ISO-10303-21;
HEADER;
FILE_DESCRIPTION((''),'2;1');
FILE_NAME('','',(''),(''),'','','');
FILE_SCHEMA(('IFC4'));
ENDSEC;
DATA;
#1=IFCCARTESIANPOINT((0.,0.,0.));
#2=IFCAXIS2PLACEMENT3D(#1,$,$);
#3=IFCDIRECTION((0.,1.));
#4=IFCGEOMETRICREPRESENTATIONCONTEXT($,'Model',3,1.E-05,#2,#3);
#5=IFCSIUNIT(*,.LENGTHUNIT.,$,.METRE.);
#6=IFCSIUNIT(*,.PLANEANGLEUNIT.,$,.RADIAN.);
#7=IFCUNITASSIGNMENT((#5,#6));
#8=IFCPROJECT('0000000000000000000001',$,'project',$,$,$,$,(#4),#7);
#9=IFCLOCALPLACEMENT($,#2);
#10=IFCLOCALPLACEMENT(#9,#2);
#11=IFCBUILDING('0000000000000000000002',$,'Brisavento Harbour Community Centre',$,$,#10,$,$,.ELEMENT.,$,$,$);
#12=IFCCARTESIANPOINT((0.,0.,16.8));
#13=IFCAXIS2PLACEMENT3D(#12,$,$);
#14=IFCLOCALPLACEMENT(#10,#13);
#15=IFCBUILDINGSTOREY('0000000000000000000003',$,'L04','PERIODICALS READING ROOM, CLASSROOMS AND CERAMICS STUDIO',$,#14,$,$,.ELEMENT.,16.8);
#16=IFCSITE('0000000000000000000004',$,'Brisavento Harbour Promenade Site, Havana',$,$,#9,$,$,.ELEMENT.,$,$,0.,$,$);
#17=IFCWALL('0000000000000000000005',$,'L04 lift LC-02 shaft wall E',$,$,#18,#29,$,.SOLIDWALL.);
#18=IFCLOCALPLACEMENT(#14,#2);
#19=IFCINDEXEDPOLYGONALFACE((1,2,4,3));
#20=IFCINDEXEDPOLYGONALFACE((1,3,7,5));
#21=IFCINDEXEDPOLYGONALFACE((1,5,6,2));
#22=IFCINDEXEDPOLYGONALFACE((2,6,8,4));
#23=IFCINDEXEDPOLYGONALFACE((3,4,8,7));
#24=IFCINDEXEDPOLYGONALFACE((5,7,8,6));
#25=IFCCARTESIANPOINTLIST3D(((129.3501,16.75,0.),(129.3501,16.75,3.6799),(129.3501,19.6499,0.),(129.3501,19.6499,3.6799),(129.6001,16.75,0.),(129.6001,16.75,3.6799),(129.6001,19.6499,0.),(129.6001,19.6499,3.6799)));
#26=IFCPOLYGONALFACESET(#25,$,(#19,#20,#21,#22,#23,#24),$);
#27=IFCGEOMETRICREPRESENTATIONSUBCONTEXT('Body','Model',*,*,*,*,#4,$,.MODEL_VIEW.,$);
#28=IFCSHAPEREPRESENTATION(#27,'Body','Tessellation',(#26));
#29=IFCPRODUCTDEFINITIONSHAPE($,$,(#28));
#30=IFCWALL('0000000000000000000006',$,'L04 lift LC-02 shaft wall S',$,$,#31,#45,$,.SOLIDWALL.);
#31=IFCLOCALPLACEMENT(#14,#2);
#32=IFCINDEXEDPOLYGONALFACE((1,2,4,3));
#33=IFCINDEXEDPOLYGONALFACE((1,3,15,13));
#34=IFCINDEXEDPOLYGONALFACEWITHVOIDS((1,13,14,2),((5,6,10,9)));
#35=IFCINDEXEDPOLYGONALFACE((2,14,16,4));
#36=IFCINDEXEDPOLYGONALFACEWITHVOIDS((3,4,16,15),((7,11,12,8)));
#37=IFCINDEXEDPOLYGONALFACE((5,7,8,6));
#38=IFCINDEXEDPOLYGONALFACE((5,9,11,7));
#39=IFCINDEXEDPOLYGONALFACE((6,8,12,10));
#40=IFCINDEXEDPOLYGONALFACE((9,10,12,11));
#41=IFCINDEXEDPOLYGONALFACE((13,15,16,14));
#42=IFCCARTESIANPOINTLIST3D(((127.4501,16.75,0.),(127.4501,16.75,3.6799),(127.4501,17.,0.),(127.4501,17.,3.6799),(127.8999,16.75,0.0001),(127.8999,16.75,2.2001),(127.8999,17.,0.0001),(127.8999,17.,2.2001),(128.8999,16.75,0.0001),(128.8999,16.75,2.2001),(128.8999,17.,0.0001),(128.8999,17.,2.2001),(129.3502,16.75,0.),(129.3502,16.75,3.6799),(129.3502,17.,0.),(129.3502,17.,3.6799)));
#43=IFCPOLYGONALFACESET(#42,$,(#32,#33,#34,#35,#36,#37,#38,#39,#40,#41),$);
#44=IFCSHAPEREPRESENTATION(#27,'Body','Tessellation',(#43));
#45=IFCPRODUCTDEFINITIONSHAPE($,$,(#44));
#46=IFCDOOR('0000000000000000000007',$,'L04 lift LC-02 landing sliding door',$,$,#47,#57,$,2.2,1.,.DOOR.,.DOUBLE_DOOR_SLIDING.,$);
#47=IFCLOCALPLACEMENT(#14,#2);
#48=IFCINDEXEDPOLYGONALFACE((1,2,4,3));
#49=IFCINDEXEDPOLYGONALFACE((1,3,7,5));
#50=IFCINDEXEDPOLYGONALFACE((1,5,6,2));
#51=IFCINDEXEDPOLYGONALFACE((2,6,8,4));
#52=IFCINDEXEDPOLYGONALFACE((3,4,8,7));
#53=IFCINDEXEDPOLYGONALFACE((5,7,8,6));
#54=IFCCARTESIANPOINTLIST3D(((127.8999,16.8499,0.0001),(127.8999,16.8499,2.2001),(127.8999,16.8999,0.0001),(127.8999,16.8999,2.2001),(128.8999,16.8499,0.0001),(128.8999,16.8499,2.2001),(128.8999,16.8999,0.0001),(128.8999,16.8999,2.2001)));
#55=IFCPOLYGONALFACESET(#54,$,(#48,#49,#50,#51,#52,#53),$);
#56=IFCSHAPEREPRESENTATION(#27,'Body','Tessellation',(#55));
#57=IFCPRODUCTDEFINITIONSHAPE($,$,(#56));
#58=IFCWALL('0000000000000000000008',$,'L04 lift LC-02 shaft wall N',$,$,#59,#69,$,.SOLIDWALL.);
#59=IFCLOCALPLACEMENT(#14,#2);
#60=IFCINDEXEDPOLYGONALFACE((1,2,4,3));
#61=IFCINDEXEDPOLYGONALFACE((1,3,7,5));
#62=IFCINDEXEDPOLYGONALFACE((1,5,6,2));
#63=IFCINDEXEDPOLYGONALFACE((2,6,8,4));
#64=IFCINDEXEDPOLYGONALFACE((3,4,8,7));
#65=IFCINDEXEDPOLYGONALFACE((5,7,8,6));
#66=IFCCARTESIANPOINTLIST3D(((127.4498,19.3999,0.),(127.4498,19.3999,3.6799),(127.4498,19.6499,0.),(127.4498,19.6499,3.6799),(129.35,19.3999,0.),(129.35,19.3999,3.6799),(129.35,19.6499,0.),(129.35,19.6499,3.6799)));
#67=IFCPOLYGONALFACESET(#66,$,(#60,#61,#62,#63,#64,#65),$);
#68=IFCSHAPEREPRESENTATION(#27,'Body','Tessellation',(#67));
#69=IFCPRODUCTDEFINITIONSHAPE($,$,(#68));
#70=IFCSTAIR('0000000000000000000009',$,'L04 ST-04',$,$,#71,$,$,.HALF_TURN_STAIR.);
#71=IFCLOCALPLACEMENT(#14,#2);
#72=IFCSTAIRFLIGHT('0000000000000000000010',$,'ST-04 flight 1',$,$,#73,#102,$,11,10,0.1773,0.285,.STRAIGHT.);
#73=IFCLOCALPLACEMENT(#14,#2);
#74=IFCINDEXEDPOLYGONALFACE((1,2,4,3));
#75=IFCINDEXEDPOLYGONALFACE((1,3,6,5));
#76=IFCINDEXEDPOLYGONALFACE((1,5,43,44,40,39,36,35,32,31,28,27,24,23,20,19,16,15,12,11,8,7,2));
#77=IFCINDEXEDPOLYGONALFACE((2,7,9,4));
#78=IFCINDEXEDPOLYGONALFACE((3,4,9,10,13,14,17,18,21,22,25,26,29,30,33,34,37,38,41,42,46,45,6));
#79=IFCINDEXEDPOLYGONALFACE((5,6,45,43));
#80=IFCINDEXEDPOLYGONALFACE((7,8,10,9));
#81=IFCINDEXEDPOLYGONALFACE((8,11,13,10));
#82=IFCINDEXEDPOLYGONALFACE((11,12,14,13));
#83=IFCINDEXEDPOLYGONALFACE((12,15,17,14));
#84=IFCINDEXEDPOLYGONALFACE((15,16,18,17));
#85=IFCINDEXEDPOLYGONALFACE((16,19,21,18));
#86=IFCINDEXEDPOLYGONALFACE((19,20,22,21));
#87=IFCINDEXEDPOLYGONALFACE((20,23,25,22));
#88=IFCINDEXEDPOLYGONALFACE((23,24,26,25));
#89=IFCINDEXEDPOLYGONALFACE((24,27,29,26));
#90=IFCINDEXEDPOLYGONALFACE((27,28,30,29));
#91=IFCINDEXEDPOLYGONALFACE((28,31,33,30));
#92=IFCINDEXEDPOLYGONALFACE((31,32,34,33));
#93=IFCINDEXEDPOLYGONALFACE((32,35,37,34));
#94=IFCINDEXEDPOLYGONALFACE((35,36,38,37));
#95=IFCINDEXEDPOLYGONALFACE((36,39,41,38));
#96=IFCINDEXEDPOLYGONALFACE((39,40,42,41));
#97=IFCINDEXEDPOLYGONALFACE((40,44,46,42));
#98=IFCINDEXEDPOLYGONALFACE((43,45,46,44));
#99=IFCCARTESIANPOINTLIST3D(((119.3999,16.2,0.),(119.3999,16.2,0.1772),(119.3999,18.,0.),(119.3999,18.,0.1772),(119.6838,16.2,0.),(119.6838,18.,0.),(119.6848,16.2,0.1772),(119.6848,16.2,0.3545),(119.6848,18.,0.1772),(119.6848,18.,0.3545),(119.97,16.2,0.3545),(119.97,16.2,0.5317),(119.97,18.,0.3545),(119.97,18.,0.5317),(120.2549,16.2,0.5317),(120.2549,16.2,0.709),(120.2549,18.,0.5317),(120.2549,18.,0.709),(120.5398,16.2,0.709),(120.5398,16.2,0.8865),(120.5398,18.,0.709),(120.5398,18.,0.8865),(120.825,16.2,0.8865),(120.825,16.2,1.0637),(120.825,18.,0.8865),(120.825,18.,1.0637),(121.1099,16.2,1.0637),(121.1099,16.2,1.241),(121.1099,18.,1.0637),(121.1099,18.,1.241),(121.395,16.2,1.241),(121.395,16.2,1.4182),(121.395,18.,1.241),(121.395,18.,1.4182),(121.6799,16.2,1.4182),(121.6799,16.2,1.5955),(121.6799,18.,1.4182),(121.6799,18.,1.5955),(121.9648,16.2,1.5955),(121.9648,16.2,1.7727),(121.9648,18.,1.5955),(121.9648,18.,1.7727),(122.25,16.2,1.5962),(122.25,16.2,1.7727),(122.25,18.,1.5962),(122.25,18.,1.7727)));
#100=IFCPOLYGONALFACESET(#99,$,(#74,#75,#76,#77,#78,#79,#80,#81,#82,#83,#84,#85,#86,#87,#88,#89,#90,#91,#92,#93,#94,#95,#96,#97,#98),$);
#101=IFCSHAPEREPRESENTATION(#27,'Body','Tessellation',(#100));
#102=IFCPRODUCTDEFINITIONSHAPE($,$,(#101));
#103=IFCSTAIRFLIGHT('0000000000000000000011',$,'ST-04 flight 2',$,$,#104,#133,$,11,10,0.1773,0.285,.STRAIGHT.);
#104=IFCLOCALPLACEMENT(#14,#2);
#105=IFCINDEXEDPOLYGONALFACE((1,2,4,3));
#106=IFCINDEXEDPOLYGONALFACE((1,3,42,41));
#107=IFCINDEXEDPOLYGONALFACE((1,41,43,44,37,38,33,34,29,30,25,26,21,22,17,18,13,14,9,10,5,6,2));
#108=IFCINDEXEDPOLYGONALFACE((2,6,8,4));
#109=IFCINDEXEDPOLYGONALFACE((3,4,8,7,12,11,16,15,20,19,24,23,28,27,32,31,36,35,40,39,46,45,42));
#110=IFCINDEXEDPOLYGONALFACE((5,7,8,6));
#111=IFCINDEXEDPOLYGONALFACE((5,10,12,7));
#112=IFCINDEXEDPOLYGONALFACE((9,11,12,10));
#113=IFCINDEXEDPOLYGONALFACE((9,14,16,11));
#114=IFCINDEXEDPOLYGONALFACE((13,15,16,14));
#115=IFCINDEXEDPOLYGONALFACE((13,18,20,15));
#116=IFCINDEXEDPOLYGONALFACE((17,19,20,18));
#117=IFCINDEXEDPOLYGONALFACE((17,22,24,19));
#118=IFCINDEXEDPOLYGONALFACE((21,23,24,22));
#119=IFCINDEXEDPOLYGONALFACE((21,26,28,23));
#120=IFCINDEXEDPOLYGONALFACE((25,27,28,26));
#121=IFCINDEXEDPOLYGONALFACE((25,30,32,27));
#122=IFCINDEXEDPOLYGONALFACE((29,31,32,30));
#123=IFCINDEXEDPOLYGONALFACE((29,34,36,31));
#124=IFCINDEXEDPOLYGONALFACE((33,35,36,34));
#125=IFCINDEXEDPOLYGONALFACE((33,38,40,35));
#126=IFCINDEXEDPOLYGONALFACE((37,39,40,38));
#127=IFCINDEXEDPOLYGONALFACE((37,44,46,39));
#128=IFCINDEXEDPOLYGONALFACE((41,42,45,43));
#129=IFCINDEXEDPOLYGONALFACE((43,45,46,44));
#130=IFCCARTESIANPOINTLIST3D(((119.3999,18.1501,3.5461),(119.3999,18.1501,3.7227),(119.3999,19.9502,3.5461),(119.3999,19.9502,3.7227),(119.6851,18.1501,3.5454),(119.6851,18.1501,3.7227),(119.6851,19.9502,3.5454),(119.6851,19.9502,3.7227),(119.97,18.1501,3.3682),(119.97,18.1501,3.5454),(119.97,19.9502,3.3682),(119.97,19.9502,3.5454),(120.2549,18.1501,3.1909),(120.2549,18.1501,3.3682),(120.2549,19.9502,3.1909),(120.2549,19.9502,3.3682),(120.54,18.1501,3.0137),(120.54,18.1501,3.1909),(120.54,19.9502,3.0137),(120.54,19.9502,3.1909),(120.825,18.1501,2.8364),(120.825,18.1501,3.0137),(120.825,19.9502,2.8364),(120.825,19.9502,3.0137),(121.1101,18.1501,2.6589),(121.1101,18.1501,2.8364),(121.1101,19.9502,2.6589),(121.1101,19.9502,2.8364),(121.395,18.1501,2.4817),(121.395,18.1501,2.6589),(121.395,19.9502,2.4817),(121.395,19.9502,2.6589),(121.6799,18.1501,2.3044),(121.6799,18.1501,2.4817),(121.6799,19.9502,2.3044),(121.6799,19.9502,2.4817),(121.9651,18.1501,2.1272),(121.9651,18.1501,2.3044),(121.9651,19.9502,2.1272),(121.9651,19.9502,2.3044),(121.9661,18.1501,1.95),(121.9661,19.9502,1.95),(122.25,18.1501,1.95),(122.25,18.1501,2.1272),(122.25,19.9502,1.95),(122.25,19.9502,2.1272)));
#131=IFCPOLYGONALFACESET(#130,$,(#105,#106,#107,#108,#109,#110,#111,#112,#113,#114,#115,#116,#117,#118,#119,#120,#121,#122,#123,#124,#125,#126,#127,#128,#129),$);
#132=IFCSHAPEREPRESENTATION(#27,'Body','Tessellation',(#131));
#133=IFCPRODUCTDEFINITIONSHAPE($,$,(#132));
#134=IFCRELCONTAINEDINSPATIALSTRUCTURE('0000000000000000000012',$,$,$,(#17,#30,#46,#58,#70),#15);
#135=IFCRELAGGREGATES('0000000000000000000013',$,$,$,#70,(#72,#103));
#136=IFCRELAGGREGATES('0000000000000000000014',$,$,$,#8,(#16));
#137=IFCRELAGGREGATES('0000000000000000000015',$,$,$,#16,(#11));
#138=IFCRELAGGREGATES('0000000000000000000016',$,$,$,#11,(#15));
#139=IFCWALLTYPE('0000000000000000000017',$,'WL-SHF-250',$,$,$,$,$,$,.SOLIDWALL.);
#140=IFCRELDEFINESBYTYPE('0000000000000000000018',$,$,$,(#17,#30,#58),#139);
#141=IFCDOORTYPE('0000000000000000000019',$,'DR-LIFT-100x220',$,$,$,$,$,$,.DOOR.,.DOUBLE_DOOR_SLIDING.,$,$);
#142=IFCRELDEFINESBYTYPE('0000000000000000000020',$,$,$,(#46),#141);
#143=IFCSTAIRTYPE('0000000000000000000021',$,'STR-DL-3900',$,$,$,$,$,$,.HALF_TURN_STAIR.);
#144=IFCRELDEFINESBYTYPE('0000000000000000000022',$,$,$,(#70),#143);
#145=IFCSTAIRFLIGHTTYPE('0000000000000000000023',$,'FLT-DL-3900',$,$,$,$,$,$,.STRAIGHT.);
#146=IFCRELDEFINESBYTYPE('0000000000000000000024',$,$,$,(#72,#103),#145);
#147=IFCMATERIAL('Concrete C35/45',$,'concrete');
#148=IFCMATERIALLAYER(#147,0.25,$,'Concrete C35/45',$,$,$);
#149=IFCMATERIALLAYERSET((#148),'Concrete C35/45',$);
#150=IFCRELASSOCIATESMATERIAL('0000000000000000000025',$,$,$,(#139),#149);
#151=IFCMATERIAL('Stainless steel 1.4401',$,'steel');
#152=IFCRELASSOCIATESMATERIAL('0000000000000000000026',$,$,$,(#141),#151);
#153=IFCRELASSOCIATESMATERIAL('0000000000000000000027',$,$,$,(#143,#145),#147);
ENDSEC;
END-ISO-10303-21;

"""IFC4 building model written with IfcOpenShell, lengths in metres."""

from ifc_helpers import new_model, si_unit, direction, frame, frame_2d, origin, place, context, subcontext, project, spatial, polyline, rectangle, outline, extrude, material, layer, layer_set, type_object, element, fill, aggregate, save


model = new_model("IFC4")

# Units and contexts
model_context = context("Model", 3, precision=1e-05, world=origin(), true_north=direction((0.0, 1.0)))
body_context = subcontext(model_context, "Body", "Model", "MODEL_VIEW")
ifc_project = project(units=[si_unit("LENGTHUNIT", "METRE"), si_unit("PLANEANGLEUNIT", "RADIAN")], contexts=[model_context])

# Site, building, storey
site_placement = place(None, origin())
site = spatial("IfcSite", under=ifc_project, at=site_placement, Name="Brisavento Harbour Promenade Site, Havana", CompositionType="ELEMENT", RefElevation=0.0)
building_placement = place(site_placement, origin())
building = spatial("IfcBuilding", under=site, at=building_placement, Name="Brisavento Harbour Community Centre", CompositionType="ELEMENT")
storey_placement = place(building_placement, frame((0.0, 0.0, 16.8)))
storey = spatial("IfcBuildingStorey", under=building, at=storey_placement, Name="L04", Description="PERIODICALS READING ROOM, CLASSROOMS AND CERAMICS STUDIO", CompositionType="ELEMENT", Elevation=16.8)

# Shared definitions
ifc_material_1 = material(Name="Concrete C35/45", Category="concrete")

# Wall
ifc_layer_1 = layer(ifc_material_1, 0.25, Name="Concrete C35/45")
ifc_layer_set_1 = layer_set([ifc_layer_1], Name="Concrete C35/45")
wall_type_1 = type_object("IfcWallType", Name="WL-SHF-250", PredefinedType="SOLIDWALL", material=ifc_layer_set_1)
for number, where, z_axis, x_axis, name in (
    (1, (129.4751, 19.6499, 0.0), (0.0, 0.0, 1.0), (0.0, -1.0, 0.0), "L04 lift LC-02 shaft wall E"),
):
    element("IfcWall", number, at=place(storey_placement, frame(where, z_axis=z_axis, x_axis=x_axis)), inside=storey, type_object=wall_type_1, Name=name, PredefinedType="SOLIDWALL", context=body_context, shape_type="SweptSolid", body=[
        extrude(rectangle(XDim=2.8999, YDim=0.25, at=frame_2d((1.45, 0.0))), origin(), (0.0, 0.0, 1.0), 3.6799),
    ])

# Wall, opening, door
wall_1_placement = place(storey_placement, frame((127.45, 16.875, 0.0), z_axis=(0.0, 0.0, 1.0), x_axis=(1.0, 0.0, 0.0)))
wall_1 = element("IfcWall", 2, at=wall_1_placement, inside=storey, type_object=wall_type_1, Name="L04 lift LC-02 shaft wall S", PredefinedType="SOLIDWALL", context=body_context, shape_type="SweptSolid", body=[
    extrude(rectangle(XDim=1.9001, YDim=0.25, at=frame_2d((0.9502, 0.0))), origin(), (0.0, 0.0, 1.0), 3.6799),
])
opening_1_placement = place(wall_1_placement, frame((0.45, 0.0, 0.0)))
opening_1 = element("IfcOpeningElement", 3, at=opening_1_placement, cuts=wall_1, PredefinedType="OPENING", context=body_context, shape_type="SweptSolid", body=[
    extrude(rectangle(XDim=1.0, YDim=2.2, at=frame_2d((0.5, 1.1001))), frame((0.0, 0.135, 0.0), z_axis=(0.0, -1.0, 0.0), x_axis=(1.0, 0.0, 0.0)), (0.0, 0.0, 1.0), 0.27),
])
ifc_material_2 = material(Name="Stainless steel 1.4401", Category="steel")
door_type_1 = type_object("IfcDoorType", Name="DR-LIFT-100x220", OperationType="DOUBLE_DOOR_SLIDING", PredefinedType="DOOR", material=ifc_material_2)
door_1_placement = place(opening_1_placement, origin())
door_1 = element("IfcDoor", 4, at=door_1_placement, inside=storey, type_object=door_type_1, Name="L04 lift LC-02 landing sliding door", OperationType="DOUBLE_DOOR_SLIDING", OverallHeight=2.2, OverallWidth=1.0, PredefinedType="DOOR", context=body_context, shape_type="SweptSolid", body=[
    extrude(rectangle(XDim=1.0, YDim=2.2, at=frame_2d((0.5, 1.1001))), frame((0.0, 0.0249, 0.0), z_axis=(0.0, -1.0, 0.0), x_axis=(1.0, 0.0, 0.0)), (0.0, 0.0, 1.0), 0.05),
])
fill(opening_1, door_1)

# Wall
wall_2_placement = place(storey_placement, frame((129.3501, 19.5249, 0.0), z_axis=(0.0, 0.0, 1.0), x_axis=(-1.0, 0.0, 0.0)))
element("IfcWall", 5, at=wall_2_placement, inside=storey, type_object=wall_type_1, Name="L04 lift LC-02 shaft wall N", PredefinedType="SOLIDWALL", context=body_context, shape_type="SweptSolid", body=[
    extrude(rectangle(XDim=1.9001, YDim=0.25, at=frame_2d((0.9502, 0.0))), origin(), (0.0, 0.0, 1.0), 3.6799),
])

# Stair, stair flights
stair_type = type_object("IfcStairType", Name="STR-DL-3900", PredefinedType="HALF_TURN_STAIR", material=ifc_material_1)
stair_placement = place(storey_placement, origin())
stair = element("IfcStair", 6, at=stair_placement, inside=storey, type_object=stair_type, Name="L04 ST-04", PredefinedType="HALF_TURN_STAIR")
stair_flight_type = type_object("IfcStairFlightType", Name="FLT-DL-3900", PredefinedType="STRAIGHT", material=ifc_material_1)
stair_flight_1_placement = place(storey_placement, frame((119.3999, 17.1001, 0.0), z_axis=(0.0, 0.0, 1.0), x_axis=(1.0, 0.0, 0.0)))
stair_flight_1 = element("IfcStairFlight", 7, at=stair_flight_1_placement, type_object=stair_flight_type, Name="ST-04 flight 1", NumberOfRisers=11, NumberOfTreads=10, PredefinedType="STRAIGHT", RiserHeight=0.1773, TreadLength=0.285, context=body_context, shape_type="SweptSolid", body=[
    extrude(outline(polyline([(0.0, 0.0), (0.0, 0.1772), (0.2849, 0.1772), (0.2849, 0.3545), (0.5701, 0.3545), (0.5701, 0.5317), (0.855, 0.5317), (0.855, 0.709), (1.1399, 0.709), (1.1399, 0.8865), (1.425, 0.8865), (1.425, 1.0637), (1.71, 1.0637), (1.71, 1.241), (1.9951, 1.241), (1.9951, 1.4182), (2.28, 1.4182), (2.28, 1.5955), (2.5649, 1.5955), (2.5649, 1.7727), (2.8501, 1.7727), (2.8501, 1.95), (2.8501, 1.5962), (0.2839, 0.0), (0.0, 0.0)])), frame((0.0, 0.8999, 0.0), z_axis=(0.0, -1.0, 0.0), x_axis=(1.0, 0.0, 0.0)), (0.0, 0.0, 1.0), 1.8),
])
stair_flight_2_placement = place(storey_placement, frame((122.25, 19.05, 1.95), z_axis=(0.0, 0.0, 1.0), x_axis=(-1.0, 0.0, 0.0)))
stair_flight_2 = element("IfcStairFlight", 8, at=stair_flight_2_placement, type_object=stair_flight_type, Name="ST-04 flight 2", NumberOfRisers=11, NumberOfTreads=10, PredefinedType="STRAIGHT", RiserHeight=0.1773, TreadLength=0.285, context=body_context, shape_type="SweptSolid", body=[
    extrude(outline(polyline([(0.0, 0.0), (0.0, 0.1772), (0.2849, 0.1772), (0.2849, 0.3545), (0.5701, 0.3545), (0.5701, 0.5317), (0.855, 0.5317), (0.855, 0.709), (1.1399, 0.709), (1.1399, 0.8865), (1.425, 0.8865), (1.425, 1.0637), (1.71, 1.0637), (1.71, 1.241), (1.9951, 1.241), (1.9951, 1.4182), (2.28, 1.4182), (2.28, 1.5955), (2.5649, 1.5955), (2.5649, 1.7727), (2.8501, 1.7727), (2.8501, 1.95), (2.8501, 1.5962), (0.2839, 0.0), (0.0, 0.0)])), frame((0.0, 0.8999, 0.0), z_axis=(0.0, -1.0, 0.0), x_axis=(1.0, 0.0, 0.0)), (0.0, 0.0, 1.0), 1.8),
])
aggregate(stair, [stair_flight_1, stair_flight_2])

save(model, "model.ifc")
